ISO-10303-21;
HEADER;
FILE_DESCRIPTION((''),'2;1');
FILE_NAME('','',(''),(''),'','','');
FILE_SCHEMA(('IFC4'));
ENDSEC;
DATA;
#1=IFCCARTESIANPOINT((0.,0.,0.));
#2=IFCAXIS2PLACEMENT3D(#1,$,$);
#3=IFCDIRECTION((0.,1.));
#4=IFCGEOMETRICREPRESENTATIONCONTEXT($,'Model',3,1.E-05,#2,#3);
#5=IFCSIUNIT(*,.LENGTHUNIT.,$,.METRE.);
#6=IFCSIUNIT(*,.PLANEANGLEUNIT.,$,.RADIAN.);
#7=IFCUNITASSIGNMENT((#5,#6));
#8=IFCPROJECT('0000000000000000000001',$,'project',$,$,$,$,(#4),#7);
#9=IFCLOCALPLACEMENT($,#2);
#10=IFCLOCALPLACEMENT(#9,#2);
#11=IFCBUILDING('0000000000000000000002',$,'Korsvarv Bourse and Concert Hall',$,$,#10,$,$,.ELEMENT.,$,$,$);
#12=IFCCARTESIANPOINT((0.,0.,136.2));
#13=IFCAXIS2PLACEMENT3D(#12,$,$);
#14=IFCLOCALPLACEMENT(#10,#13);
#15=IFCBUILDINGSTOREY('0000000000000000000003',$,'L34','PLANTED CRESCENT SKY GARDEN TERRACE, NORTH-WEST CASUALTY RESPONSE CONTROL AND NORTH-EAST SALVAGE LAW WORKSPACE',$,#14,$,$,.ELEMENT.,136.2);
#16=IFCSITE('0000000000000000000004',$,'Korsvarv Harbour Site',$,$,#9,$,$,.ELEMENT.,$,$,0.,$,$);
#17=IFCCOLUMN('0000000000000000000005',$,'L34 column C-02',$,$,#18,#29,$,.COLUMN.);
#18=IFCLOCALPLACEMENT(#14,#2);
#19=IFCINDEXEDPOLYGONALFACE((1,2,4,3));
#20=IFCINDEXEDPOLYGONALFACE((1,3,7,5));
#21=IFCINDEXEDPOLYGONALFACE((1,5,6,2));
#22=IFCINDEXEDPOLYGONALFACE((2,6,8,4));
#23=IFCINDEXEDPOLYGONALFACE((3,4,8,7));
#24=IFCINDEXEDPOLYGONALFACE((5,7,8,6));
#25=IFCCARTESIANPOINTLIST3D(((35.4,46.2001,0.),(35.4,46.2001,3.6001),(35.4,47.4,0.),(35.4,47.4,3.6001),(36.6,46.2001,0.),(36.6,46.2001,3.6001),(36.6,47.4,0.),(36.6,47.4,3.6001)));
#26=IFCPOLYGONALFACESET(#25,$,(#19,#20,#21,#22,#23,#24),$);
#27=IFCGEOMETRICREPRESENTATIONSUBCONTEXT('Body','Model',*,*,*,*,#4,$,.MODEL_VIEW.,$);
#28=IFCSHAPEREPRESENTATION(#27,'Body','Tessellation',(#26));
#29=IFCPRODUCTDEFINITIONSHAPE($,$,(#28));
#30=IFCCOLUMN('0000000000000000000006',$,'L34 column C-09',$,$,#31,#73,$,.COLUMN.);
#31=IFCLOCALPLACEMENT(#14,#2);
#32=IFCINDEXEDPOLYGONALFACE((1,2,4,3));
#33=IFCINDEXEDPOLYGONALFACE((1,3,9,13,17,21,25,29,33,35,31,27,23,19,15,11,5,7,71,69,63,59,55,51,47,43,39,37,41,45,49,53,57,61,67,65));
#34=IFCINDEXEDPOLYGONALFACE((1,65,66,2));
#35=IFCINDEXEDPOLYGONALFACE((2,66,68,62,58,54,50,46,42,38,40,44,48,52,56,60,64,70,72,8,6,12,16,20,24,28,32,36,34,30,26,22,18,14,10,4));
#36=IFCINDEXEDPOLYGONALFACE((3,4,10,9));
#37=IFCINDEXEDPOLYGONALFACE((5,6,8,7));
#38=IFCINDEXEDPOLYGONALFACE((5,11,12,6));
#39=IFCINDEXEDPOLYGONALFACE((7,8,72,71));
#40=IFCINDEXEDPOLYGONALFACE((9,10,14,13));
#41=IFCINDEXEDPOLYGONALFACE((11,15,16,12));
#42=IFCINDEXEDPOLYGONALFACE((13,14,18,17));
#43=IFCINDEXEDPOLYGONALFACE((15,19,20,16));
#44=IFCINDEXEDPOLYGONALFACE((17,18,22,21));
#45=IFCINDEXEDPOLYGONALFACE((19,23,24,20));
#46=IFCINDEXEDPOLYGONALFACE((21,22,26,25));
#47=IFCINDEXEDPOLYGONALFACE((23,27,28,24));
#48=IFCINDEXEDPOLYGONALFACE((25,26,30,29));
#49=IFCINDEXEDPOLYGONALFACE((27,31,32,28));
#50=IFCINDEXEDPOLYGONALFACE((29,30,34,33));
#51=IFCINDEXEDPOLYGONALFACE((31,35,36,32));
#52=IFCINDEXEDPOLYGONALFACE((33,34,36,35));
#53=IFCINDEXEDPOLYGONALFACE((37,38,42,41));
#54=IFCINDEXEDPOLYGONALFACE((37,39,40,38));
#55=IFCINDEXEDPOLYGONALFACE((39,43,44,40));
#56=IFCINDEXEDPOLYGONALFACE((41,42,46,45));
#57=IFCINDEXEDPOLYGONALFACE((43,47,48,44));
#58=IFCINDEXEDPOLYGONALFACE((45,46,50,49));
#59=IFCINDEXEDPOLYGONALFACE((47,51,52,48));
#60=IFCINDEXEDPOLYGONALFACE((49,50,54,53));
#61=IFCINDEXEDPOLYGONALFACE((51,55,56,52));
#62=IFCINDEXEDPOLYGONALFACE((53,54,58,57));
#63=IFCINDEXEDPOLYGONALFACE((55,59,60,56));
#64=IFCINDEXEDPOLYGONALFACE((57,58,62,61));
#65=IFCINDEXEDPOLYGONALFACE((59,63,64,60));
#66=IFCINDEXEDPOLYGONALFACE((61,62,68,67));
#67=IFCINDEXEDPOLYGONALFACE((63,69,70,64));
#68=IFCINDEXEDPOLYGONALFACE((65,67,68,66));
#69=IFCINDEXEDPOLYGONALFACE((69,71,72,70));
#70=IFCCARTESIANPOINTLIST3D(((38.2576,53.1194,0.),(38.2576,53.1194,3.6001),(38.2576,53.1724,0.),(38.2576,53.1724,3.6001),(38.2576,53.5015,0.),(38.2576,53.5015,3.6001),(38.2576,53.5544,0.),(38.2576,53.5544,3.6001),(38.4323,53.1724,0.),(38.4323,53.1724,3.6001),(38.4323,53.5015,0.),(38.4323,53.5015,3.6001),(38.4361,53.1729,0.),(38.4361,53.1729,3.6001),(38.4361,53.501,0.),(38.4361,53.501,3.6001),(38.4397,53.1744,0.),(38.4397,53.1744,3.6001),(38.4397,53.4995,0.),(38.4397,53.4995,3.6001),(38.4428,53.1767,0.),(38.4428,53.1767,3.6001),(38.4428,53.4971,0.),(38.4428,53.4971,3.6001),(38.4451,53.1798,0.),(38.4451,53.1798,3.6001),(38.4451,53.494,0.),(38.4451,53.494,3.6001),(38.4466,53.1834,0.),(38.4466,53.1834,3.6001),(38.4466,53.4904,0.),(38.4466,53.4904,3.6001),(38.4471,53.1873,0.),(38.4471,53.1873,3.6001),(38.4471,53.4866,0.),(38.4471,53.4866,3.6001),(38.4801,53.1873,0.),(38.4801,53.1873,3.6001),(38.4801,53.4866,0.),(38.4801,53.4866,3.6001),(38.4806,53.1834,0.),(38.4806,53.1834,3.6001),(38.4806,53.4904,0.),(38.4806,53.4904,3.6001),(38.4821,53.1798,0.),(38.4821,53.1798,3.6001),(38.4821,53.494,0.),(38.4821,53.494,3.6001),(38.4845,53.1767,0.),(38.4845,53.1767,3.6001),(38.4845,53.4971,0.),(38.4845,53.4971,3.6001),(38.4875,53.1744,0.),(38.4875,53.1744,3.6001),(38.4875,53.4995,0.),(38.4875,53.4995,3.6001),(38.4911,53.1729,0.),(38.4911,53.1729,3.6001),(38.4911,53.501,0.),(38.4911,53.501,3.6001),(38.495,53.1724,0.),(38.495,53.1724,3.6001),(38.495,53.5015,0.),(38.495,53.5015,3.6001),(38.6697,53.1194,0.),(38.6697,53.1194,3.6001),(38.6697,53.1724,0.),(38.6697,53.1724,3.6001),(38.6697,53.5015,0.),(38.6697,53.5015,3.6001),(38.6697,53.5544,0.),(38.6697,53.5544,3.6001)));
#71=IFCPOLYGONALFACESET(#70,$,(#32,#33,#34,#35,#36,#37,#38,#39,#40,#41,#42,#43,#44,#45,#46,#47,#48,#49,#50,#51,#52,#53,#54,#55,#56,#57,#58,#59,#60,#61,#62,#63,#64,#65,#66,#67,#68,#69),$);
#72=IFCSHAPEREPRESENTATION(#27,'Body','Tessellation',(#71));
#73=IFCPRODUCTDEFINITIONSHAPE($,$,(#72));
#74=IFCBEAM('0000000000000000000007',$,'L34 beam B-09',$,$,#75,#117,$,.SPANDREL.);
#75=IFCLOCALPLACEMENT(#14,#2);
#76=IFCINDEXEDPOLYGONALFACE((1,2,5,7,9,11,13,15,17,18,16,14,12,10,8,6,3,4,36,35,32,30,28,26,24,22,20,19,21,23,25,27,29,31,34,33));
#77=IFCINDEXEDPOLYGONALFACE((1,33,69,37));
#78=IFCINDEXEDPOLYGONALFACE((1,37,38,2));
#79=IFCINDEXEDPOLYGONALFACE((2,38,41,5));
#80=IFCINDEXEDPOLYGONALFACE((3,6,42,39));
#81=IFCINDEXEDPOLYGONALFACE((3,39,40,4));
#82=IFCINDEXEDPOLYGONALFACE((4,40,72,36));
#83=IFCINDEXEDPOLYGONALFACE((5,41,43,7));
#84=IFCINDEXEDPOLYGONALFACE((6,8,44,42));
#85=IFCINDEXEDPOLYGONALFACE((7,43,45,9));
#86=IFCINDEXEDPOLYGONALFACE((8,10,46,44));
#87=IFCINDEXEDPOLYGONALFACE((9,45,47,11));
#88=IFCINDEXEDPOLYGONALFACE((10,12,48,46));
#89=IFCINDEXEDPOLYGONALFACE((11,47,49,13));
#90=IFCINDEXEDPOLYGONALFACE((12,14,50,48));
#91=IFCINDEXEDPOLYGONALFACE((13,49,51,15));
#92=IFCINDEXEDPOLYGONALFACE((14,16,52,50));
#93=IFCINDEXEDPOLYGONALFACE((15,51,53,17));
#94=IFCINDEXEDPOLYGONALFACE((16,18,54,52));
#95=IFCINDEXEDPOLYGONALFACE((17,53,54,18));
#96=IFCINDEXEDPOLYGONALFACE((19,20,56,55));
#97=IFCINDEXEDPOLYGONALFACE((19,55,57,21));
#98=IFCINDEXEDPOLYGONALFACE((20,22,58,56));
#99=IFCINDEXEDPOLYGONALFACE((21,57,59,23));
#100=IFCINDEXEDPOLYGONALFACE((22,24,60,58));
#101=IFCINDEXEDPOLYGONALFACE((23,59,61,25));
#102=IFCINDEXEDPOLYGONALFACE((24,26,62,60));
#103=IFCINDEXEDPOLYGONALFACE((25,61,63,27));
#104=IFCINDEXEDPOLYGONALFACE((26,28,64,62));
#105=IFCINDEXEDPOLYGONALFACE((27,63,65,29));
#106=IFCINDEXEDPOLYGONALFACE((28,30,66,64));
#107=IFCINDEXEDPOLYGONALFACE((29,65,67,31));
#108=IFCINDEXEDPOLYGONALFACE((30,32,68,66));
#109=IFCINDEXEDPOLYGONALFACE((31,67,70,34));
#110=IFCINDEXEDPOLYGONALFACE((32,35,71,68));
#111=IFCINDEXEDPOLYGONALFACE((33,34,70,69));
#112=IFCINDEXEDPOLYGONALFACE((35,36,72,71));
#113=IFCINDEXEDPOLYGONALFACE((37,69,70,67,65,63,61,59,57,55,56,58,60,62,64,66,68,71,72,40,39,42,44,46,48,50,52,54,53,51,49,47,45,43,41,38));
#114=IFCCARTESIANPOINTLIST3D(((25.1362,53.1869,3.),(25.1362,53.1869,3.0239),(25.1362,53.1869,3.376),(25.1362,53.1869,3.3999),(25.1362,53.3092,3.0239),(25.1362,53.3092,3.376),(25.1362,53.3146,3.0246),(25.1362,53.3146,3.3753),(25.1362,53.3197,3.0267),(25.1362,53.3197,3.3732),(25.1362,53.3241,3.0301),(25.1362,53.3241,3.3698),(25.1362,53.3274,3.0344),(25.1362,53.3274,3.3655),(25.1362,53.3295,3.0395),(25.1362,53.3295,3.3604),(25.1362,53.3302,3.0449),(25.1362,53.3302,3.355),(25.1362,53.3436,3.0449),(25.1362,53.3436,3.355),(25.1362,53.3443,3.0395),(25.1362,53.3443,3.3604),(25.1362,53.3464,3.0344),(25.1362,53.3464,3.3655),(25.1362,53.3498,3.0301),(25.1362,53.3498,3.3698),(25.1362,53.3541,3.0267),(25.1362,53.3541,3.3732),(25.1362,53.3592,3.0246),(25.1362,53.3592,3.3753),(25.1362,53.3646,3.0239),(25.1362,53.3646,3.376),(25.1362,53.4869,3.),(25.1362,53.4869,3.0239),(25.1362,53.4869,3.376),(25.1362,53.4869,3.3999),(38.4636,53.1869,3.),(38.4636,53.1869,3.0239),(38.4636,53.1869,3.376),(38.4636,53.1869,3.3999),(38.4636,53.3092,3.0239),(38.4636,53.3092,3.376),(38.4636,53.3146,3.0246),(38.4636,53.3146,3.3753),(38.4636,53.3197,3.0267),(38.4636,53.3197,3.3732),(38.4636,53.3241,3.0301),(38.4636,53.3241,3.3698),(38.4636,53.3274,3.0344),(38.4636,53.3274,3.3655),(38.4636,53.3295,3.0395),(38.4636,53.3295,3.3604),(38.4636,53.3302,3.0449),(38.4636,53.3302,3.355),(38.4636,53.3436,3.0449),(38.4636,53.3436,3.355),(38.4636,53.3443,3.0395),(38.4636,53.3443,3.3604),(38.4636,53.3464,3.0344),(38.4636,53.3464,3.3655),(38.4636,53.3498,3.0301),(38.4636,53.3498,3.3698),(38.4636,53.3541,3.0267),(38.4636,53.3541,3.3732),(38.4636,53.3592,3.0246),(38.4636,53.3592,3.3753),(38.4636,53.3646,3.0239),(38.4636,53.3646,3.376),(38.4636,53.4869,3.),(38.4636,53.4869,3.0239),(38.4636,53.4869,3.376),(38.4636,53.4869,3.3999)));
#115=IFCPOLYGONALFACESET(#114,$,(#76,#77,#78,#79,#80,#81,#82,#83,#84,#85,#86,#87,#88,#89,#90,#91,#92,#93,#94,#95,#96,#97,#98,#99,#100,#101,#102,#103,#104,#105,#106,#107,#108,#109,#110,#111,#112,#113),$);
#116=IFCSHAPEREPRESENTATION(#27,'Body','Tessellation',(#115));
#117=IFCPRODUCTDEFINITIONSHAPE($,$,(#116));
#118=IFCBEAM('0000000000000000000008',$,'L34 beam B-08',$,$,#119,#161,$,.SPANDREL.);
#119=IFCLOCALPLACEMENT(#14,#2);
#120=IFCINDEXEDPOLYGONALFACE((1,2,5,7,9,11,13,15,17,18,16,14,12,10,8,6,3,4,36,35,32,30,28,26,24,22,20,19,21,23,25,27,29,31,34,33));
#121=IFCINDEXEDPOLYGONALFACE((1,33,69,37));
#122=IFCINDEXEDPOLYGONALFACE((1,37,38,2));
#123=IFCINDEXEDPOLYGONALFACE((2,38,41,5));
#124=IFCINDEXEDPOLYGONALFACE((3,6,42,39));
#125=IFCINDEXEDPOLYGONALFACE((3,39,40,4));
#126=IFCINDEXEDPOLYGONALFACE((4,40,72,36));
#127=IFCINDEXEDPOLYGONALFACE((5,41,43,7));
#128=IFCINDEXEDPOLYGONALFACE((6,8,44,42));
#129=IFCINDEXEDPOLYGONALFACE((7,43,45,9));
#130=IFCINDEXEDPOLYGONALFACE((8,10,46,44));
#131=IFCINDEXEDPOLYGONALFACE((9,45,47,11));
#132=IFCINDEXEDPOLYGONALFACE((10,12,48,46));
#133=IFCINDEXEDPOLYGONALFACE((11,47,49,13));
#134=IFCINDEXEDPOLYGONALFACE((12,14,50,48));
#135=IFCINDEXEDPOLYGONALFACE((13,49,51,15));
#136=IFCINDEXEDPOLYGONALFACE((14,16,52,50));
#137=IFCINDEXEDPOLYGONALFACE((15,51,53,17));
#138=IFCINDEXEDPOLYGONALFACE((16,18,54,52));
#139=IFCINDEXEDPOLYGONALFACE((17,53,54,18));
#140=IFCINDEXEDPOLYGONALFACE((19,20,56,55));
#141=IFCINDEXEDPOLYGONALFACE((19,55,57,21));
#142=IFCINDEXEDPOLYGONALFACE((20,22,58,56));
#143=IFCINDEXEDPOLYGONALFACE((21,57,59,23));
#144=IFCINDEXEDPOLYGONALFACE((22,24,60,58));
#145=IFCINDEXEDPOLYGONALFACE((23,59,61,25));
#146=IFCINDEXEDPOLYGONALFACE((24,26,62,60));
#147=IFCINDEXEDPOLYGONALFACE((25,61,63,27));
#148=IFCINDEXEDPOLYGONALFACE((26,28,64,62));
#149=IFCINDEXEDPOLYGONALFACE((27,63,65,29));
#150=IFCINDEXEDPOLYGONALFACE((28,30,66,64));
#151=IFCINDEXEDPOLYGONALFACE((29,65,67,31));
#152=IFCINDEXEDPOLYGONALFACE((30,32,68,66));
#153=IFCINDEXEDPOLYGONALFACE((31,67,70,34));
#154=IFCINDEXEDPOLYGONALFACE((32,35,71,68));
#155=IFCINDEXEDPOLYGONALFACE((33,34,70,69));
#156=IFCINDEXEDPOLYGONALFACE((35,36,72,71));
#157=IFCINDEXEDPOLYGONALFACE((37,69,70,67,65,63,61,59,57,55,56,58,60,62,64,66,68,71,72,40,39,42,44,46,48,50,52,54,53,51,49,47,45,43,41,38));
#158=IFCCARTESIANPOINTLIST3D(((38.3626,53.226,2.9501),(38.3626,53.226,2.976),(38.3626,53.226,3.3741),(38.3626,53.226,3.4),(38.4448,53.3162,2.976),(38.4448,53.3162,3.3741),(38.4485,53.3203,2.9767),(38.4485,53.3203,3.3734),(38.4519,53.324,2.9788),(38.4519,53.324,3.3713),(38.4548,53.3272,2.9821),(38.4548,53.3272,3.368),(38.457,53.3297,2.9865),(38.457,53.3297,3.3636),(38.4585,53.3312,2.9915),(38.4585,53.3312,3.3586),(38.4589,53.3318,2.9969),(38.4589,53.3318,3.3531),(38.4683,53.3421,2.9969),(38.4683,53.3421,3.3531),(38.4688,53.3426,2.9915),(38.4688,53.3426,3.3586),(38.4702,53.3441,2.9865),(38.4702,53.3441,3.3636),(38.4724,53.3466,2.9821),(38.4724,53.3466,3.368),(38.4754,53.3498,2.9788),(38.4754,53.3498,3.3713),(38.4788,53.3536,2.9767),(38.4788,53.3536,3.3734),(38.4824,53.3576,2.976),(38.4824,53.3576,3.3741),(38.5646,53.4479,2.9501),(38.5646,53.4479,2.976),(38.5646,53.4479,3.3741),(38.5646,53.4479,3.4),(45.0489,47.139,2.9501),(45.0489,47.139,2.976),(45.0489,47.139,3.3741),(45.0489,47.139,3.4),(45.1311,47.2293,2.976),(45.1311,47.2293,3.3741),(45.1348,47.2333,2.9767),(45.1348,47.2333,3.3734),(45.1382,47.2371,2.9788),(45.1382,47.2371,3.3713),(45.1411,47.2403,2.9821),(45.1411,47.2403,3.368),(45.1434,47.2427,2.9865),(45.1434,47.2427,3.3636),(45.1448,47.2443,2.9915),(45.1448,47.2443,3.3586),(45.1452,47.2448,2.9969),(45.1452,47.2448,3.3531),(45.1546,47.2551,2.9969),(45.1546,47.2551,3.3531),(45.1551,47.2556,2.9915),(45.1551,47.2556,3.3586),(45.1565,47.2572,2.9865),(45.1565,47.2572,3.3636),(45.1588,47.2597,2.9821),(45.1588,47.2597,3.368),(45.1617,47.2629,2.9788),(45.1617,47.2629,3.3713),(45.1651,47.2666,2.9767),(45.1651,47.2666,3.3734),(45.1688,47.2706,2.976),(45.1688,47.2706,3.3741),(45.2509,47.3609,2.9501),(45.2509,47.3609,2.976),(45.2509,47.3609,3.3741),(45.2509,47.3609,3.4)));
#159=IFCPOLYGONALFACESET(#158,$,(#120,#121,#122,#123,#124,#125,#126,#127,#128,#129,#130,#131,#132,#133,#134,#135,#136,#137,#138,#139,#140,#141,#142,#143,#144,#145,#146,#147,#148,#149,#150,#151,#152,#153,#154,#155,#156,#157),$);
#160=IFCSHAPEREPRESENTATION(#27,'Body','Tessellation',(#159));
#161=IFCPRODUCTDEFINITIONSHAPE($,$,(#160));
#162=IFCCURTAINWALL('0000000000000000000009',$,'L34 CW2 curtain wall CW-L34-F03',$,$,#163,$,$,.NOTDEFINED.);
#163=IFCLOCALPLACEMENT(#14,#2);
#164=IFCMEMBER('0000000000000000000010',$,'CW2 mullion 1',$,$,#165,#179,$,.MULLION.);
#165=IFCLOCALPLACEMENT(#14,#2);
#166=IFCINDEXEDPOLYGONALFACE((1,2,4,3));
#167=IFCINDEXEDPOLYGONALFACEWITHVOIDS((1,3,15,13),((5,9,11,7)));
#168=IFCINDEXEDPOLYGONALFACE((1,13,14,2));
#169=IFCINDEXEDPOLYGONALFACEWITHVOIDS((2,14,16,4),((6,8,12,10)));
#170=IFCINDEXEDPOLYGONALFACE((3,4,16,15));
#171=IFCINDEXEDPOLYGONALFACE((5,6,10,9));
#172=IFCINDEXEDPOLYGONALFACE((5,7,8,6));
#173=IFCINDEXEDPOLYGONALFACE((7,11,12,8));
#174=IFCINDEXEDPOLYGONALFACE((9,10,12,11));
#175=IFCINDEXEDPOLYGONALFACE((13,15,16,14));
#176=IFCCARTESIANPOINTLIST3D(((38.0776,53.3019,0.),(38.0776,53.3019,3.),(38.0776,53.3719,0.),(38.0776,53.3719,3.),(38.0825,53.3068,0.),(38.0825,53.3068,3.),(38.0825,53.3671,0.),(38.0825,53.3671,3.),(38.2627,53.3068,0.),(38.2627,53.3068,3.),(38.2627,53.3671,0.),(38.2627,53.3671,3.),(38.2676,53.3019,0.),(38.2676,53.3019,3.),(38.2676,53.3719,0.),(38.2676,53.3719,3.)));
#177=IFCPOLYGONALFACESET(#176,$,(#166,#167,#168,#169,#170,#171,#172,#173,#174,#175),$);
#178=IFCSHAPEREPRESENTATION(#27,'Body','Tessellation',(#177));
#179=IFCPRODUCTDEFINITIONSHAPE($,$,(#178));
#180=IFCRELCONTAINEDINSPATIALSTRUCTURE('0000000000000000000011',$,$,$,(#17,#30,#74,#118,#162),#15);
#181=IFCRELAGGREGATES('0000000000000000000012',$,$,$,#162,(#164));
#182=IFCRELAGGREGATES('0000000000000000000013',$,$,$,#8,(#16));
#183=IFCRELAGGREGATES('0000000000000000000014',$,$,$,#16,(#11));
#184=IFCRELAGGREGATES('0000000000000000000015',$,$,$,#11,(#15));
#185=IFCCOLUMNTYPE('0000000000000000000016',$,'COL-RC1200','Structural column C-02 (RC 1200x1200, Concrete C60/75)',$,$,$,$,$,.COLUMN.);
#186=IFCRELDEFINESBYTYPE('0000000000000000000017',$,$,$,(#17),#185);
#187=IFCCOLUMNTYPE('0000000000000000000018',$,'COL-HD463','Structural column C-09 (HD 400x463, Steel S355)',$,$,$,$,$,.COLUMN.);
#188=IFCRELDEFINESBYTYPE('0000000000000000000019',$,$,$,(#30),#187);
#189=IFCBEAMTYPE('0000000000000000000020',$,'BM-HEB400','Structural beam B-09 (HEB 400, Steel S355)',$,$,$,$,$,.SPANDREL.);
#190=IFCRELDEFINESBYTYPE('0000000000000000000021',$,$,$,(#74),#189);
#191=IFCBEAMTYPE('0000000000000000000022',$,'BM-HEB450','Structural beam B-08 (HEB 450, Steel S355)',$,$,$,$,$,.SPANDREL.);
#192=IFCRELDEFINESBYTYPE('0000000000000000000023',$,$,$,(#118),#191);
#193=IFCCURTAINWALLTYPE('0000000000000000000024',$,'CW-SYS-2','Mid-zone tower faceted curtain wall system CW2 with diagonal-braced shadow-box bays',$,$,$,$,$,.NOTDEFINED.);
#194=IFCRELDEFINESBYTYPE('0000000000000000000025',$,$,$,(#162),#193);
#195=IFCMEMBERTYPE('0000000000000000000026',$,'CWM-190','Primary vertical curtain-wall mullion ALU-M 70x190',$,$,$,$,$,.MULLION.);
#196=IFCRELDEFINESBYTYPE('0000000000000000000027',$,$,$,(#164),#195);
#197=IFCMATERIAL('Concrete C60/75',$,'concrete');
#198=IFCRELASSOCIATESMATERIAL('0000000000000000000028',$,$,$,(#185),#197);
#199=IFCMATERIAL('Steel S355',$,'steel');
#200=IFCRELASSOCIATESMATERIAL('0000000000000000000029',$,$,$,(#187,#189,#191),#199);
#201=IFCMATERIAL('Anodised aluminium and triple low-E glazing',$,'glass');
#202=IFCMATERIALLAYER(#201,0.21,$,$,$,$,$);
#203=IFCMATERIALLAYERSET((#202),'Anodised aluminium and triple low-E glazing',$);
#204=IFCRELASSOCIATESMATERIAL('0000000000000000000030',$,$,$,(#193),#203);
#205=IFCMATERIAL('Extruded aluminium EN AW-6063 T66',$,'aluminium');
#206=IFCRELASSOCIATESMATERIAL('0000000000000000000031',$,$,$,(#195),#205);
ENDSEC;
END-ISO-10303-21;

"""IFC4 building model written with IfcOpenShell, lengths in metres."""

from ifc_helpers import new_model, si_unit, direction, frame, origin, origin_2d, place, context, subcontext, project, spatial, rectangle, hollow_rectangle, i_section, extrude, source, transform, mapped, material, layer, layer_set, material_profile, profile_set, type_object, element, aggregate, save


model = new_model("IFC4")

# Units and contexts
model_context = context("Model", 3, precision=1e-05, world=origin(), true_north=direction((0.0, 1.0)))
body_context = subcontext(model_context, "Body", "Model", "MODEL_VIEW")
ifc_project = project(units=[si_unit("LENGTHUNIT", "METRE"), si_unit("PLANEANGLEUNIT", "RADIAN")], contexts=[model_context])

# Site, building, storey
site_placement = place(None, origin())
site = spatial("IfcSite", under=ifc_project, at=site_placement, Name="Korsvarv Harbour Site", CompositionType="ELEMENT", RefElevation=0.0)
building_placement = place(site_placement, origin())
building = spatial("IfcBuilding", under=site, at=building_placement, Name="Korsvarv Bourse and Concert Hall", CompositionType="ELEMENT")
storey_placement = place(building_placement, frame((0.0, 0.0, 136.2)))
storey = spatial("IfcBuildingStorey", under=building, at=storey_placement, Name="L34", Description="PLANTED CRESCENT SKY GARDEN TERRACE, NORTH-WEST CASUALTY RESPONSE CONTROL AND NORTH-EAST SALVAGE LAW WORKSPACE", CompositionType="ELEMENT", Elevation=136.2)

# Columns
ifc_material_1 = material(Name="Concrete C60/75", Category="concrete")
ifc_material_profile_1 = material_profile(ifc_material_1, rectangle(XDim=1.2, YDim=1.2, at=origin_2d()), Name="RC 1200x1200")
ifc_profile_set_1 = profile_set([ifc_material_profile_1], Name="Concrete C60/75")
column_type_1 = type_object("IfcColumnType", Name="COL-RC1200", Description="Structural column C-02 (RC 1200x1200, Concrete C60/75)", PredefinedType="COLUMN", material=ifc_profile_set_1)
shared_shape_1 = source(origin(), body_context, "Body", "SweptSolid", [
    extrude(rectangle(XDim=1.2, YDim=1.2, at=origin_2d()), origin(), (0.0, 0.0, 1.0), 3.6001),
])
column_1_placement = place(storey_placement, frame((36.0, 46.8, 0.0), z_axis=(0.0, 0.0, 1.0), x_axis=(1.0, 0.0, 0.0)))
element("IfcColumn", 1, at=column_1_placement, inside=storey, type_object=column_type_1, Name="L34 column C-02", PredefinedType="COLUMN", context=body_context, shape_type="MappedRepresentation", body=[
    mapped(shared_shape_1, transform((0.0, 0.0, 0.0), scale=1.0)),
])
ifc_material_2 = material(Name="Steel S355", Category="steel")
ifc_material_profile_2 = material_profile(ifc_material_2, i_section(OverallWidth=0.4121, OverallDepth=0.4351, WebThickness=0.033, FlangeThickness=0.053, FilletRadius=0.0149, at=origin_2d()), Name="HD 400x463")
ifc_profile_set_2 = profile_set([ifc_material_profile_2], Name="Steel S355")
column_type_2 = type_object("IfcColumnType", Name="COL-HD463", Description="Structural column C-09 (HD 400x463, Steel S355)", PredefinedType="COLUMN", material=ifc_profile_set_2)
shared_shape_2 = source(origin(), body_context, "Body", "SweptSolid", [
    extrude(i_section(OverallWidth=0.4121, OverallDepth=0.4351, WebThickness=0.033, FlangeThickness=0.053, FilletRadius=0.0149, at=origin_2d()), origin(), (0.0, 0.0, 1.0), 3.6001),
])
column_2_placement = place(storey_placement, frame((38.4636, 53.3369, 0.0), z_axis=(0.0, 0.0, 1.0), x_axis=(1.0, 0.0, 0.0)))
element("IfcColumn", 2, at=column_2_placement, inside=storey, type_object=column_type_2, Name="L34 column C-09", PredefinedType="COLUMN", context=body_context, shape_type="MappedRepresentation", body=[
    mapped(shared_shape_2, transform((0.0, 0.0, 0.0), scale=1.0)),
])

# Beams
ifc_material_profile_3 = material_profile(ifc_material_2, i_section(OverallWidth=0.3, OverallDepth=0.3999, WebThickness=0.0134, FlangeThickness=0.0239, FilletRadius=0.021, at=origin_2d()), Name="HEB 400")
ifc_profile_set_3 = profile_set([ifc_material_profile_3], Name="Steel S355")
beam_type_1 = type_object("IfcBeamType", Name="BM-HEB400", Description="Structural beam B-09 (HEB 400, Steel S355)", PredefinedType="SPANDREL", material=ifc_profile_set_3)
shared_shape_3 = source(origin(), body_context, "Body", "SweptSolid", [
    extrude(i_section(OverallWidth=0.3, OverallDepth=0.3999, WebThickness=0.0134, FlangeThickness=0.0239, FilletRadius=0.021, at=origin_2d()), origin(), (0.0, 0.0, 1.0), 13.3274),
])
beam_1_placement = place(storey_placement, frame((38.4636, 53.3369, 3.2), z_axis=(-1.0, 0.0, 0.0), x_axis=(0.0, -1.0, 0.0)))
element("IfcBeam", 3, at=beam_1_placement, inside=storey, type_object=beam_type_1, Name="L34 beam B-09", PredefinedType="SPANDREL", context=body_context, shape_type="MappedRepresentation", body=[
    mapped(shared_shape_3, transform((0.0, 0.0, 0.0), scale=1.0)),
])
ifc_material_profile_4 = material_profile(ifc_material_2, i_section(OverallWidth=0.3, OverallDepth=0.45, WebThickness=0.0139, FlangeThickness=0.0259, FilletRadius=0.021, at=origin_2d()), Name="HEB 450")
ifc_profile_set_4 = profile_set([ifc_material_profile_4], Name="Steel S355")
beam_type_2 = type_object("IfcBeamType", Name="BM-HEB450", Description="Structural beam B-08 (HEB 450, Steel S355)", PredefinedType="SPANDREL", material=ifc_profile_set_4)
shared_shape_4 = source(origin(), body_context, "Body", "SweptSolid", [
    extrude(i_section(OverallWidth=0.3, OverallDepth=0.45, WebThickness=0.0139, FlangeThickness=0.0259, FilletRadius=0.021, at=origin_2d()), origin(), (0.0, 0.0, 1.0), 9.042),
])
beam_2_placement = place(storey_placement, frame((38.4636, 53.3369, 3.175), z_axis=(0.739473, -0.673186, 0.0), x_axis=(0.673186, 0.739473, 0.0)))
element("IfcBeam", 4, at=beam_2_placement, inside=storey, type_object=beam_type_2, Name="L34 beam B-08", PredefinedType="SPANDREL", context=body_context, shape_type="MappedRepresentation", body=[
    mapped(shared_shape_4, transform((0.0, 0.0, 0.0), scale=1.0)),
])

# Curtain wall, member
ifc_material_3 = material(Name="Anodised aluminium and triple low-E glazing", Category="glass")
ifc_layer_1 = layer(ifc_material_3, 0.21)
ifc_layer_set_1 = layer_set([ifc_layer_1], Name="Anodised aluminium and triple low-E glazing")
curtain_wall_type = type_object("IfcCurtainWallType", Name="CW-SYS-2", Description="Mid-zone tower faceted curtain wall system CW2 with diagonal-braced shadow-box bays", PredefinedType="NOTDEFINED", material=ifc_layer_set_1)
curtain_wall_placement = place(storey_placement, origin())
curtain_wall = element("IfcCurtainWall", 5, at=curtain_wall_placement, inside=storey, type_object=curtain_wall_type, Name="L34 CW2 curtain wall CW-L34-F03", PredefinedType="NOTDEFINED")
ifc_material_4 = material(Name="Extruded aluminium EN AW-6063 T66", Category="aluminium")
ifc_material_profile_5 = material_profile(ifc_material_4, hollow_rectangle(XDim=0.0701, YDim=0.1899, WallThickness=0.0049, at=origin_2d()), Name="ALU-M 70x190")
ifc_profile_set_5 = profile_set([ifc_material_profile_5], Name="Extruded aluminium EN AW-6063 T66")
member_type_1 = type_object("IfcMemberType", Name="CWM-190", Description="Primary vertical curtain-wall mullion ALU-M 70x190", PredefinedType="MULLION", material=ifc_profile_set_5)
shared_shape_5 = source(origin(), body_context, "Body", "SweptSolid", [
    extrude(hollow_rectangle(XDim=0.0701, YDim=0.1899, WallThickness=0.0049, at=origin_2d()), origin(), (0.0, 0.0, 1.0), 3.0),
])
member_1_placement = place(storey_placement, frame((38.1726, 53.3369, 0.0), z_axis=(0.0, 0.0, 1.0), x_axis=(0.0, -1.0, 0.0)))
member_1 = element("IfcMember", 6, at=member_1_placement, type_object=member_type_1, Name="CW2 mullion 1", PredefinedType="MULLION", context=body_context, shape_type="MappedRepresentation", body=[
    mapped(shared_shape_5, transform((0.0, 0.0, 0.0), scale=1.0)),
])
aggregate(curtain_wall, [member_1])

save(model, "model.ifc")
